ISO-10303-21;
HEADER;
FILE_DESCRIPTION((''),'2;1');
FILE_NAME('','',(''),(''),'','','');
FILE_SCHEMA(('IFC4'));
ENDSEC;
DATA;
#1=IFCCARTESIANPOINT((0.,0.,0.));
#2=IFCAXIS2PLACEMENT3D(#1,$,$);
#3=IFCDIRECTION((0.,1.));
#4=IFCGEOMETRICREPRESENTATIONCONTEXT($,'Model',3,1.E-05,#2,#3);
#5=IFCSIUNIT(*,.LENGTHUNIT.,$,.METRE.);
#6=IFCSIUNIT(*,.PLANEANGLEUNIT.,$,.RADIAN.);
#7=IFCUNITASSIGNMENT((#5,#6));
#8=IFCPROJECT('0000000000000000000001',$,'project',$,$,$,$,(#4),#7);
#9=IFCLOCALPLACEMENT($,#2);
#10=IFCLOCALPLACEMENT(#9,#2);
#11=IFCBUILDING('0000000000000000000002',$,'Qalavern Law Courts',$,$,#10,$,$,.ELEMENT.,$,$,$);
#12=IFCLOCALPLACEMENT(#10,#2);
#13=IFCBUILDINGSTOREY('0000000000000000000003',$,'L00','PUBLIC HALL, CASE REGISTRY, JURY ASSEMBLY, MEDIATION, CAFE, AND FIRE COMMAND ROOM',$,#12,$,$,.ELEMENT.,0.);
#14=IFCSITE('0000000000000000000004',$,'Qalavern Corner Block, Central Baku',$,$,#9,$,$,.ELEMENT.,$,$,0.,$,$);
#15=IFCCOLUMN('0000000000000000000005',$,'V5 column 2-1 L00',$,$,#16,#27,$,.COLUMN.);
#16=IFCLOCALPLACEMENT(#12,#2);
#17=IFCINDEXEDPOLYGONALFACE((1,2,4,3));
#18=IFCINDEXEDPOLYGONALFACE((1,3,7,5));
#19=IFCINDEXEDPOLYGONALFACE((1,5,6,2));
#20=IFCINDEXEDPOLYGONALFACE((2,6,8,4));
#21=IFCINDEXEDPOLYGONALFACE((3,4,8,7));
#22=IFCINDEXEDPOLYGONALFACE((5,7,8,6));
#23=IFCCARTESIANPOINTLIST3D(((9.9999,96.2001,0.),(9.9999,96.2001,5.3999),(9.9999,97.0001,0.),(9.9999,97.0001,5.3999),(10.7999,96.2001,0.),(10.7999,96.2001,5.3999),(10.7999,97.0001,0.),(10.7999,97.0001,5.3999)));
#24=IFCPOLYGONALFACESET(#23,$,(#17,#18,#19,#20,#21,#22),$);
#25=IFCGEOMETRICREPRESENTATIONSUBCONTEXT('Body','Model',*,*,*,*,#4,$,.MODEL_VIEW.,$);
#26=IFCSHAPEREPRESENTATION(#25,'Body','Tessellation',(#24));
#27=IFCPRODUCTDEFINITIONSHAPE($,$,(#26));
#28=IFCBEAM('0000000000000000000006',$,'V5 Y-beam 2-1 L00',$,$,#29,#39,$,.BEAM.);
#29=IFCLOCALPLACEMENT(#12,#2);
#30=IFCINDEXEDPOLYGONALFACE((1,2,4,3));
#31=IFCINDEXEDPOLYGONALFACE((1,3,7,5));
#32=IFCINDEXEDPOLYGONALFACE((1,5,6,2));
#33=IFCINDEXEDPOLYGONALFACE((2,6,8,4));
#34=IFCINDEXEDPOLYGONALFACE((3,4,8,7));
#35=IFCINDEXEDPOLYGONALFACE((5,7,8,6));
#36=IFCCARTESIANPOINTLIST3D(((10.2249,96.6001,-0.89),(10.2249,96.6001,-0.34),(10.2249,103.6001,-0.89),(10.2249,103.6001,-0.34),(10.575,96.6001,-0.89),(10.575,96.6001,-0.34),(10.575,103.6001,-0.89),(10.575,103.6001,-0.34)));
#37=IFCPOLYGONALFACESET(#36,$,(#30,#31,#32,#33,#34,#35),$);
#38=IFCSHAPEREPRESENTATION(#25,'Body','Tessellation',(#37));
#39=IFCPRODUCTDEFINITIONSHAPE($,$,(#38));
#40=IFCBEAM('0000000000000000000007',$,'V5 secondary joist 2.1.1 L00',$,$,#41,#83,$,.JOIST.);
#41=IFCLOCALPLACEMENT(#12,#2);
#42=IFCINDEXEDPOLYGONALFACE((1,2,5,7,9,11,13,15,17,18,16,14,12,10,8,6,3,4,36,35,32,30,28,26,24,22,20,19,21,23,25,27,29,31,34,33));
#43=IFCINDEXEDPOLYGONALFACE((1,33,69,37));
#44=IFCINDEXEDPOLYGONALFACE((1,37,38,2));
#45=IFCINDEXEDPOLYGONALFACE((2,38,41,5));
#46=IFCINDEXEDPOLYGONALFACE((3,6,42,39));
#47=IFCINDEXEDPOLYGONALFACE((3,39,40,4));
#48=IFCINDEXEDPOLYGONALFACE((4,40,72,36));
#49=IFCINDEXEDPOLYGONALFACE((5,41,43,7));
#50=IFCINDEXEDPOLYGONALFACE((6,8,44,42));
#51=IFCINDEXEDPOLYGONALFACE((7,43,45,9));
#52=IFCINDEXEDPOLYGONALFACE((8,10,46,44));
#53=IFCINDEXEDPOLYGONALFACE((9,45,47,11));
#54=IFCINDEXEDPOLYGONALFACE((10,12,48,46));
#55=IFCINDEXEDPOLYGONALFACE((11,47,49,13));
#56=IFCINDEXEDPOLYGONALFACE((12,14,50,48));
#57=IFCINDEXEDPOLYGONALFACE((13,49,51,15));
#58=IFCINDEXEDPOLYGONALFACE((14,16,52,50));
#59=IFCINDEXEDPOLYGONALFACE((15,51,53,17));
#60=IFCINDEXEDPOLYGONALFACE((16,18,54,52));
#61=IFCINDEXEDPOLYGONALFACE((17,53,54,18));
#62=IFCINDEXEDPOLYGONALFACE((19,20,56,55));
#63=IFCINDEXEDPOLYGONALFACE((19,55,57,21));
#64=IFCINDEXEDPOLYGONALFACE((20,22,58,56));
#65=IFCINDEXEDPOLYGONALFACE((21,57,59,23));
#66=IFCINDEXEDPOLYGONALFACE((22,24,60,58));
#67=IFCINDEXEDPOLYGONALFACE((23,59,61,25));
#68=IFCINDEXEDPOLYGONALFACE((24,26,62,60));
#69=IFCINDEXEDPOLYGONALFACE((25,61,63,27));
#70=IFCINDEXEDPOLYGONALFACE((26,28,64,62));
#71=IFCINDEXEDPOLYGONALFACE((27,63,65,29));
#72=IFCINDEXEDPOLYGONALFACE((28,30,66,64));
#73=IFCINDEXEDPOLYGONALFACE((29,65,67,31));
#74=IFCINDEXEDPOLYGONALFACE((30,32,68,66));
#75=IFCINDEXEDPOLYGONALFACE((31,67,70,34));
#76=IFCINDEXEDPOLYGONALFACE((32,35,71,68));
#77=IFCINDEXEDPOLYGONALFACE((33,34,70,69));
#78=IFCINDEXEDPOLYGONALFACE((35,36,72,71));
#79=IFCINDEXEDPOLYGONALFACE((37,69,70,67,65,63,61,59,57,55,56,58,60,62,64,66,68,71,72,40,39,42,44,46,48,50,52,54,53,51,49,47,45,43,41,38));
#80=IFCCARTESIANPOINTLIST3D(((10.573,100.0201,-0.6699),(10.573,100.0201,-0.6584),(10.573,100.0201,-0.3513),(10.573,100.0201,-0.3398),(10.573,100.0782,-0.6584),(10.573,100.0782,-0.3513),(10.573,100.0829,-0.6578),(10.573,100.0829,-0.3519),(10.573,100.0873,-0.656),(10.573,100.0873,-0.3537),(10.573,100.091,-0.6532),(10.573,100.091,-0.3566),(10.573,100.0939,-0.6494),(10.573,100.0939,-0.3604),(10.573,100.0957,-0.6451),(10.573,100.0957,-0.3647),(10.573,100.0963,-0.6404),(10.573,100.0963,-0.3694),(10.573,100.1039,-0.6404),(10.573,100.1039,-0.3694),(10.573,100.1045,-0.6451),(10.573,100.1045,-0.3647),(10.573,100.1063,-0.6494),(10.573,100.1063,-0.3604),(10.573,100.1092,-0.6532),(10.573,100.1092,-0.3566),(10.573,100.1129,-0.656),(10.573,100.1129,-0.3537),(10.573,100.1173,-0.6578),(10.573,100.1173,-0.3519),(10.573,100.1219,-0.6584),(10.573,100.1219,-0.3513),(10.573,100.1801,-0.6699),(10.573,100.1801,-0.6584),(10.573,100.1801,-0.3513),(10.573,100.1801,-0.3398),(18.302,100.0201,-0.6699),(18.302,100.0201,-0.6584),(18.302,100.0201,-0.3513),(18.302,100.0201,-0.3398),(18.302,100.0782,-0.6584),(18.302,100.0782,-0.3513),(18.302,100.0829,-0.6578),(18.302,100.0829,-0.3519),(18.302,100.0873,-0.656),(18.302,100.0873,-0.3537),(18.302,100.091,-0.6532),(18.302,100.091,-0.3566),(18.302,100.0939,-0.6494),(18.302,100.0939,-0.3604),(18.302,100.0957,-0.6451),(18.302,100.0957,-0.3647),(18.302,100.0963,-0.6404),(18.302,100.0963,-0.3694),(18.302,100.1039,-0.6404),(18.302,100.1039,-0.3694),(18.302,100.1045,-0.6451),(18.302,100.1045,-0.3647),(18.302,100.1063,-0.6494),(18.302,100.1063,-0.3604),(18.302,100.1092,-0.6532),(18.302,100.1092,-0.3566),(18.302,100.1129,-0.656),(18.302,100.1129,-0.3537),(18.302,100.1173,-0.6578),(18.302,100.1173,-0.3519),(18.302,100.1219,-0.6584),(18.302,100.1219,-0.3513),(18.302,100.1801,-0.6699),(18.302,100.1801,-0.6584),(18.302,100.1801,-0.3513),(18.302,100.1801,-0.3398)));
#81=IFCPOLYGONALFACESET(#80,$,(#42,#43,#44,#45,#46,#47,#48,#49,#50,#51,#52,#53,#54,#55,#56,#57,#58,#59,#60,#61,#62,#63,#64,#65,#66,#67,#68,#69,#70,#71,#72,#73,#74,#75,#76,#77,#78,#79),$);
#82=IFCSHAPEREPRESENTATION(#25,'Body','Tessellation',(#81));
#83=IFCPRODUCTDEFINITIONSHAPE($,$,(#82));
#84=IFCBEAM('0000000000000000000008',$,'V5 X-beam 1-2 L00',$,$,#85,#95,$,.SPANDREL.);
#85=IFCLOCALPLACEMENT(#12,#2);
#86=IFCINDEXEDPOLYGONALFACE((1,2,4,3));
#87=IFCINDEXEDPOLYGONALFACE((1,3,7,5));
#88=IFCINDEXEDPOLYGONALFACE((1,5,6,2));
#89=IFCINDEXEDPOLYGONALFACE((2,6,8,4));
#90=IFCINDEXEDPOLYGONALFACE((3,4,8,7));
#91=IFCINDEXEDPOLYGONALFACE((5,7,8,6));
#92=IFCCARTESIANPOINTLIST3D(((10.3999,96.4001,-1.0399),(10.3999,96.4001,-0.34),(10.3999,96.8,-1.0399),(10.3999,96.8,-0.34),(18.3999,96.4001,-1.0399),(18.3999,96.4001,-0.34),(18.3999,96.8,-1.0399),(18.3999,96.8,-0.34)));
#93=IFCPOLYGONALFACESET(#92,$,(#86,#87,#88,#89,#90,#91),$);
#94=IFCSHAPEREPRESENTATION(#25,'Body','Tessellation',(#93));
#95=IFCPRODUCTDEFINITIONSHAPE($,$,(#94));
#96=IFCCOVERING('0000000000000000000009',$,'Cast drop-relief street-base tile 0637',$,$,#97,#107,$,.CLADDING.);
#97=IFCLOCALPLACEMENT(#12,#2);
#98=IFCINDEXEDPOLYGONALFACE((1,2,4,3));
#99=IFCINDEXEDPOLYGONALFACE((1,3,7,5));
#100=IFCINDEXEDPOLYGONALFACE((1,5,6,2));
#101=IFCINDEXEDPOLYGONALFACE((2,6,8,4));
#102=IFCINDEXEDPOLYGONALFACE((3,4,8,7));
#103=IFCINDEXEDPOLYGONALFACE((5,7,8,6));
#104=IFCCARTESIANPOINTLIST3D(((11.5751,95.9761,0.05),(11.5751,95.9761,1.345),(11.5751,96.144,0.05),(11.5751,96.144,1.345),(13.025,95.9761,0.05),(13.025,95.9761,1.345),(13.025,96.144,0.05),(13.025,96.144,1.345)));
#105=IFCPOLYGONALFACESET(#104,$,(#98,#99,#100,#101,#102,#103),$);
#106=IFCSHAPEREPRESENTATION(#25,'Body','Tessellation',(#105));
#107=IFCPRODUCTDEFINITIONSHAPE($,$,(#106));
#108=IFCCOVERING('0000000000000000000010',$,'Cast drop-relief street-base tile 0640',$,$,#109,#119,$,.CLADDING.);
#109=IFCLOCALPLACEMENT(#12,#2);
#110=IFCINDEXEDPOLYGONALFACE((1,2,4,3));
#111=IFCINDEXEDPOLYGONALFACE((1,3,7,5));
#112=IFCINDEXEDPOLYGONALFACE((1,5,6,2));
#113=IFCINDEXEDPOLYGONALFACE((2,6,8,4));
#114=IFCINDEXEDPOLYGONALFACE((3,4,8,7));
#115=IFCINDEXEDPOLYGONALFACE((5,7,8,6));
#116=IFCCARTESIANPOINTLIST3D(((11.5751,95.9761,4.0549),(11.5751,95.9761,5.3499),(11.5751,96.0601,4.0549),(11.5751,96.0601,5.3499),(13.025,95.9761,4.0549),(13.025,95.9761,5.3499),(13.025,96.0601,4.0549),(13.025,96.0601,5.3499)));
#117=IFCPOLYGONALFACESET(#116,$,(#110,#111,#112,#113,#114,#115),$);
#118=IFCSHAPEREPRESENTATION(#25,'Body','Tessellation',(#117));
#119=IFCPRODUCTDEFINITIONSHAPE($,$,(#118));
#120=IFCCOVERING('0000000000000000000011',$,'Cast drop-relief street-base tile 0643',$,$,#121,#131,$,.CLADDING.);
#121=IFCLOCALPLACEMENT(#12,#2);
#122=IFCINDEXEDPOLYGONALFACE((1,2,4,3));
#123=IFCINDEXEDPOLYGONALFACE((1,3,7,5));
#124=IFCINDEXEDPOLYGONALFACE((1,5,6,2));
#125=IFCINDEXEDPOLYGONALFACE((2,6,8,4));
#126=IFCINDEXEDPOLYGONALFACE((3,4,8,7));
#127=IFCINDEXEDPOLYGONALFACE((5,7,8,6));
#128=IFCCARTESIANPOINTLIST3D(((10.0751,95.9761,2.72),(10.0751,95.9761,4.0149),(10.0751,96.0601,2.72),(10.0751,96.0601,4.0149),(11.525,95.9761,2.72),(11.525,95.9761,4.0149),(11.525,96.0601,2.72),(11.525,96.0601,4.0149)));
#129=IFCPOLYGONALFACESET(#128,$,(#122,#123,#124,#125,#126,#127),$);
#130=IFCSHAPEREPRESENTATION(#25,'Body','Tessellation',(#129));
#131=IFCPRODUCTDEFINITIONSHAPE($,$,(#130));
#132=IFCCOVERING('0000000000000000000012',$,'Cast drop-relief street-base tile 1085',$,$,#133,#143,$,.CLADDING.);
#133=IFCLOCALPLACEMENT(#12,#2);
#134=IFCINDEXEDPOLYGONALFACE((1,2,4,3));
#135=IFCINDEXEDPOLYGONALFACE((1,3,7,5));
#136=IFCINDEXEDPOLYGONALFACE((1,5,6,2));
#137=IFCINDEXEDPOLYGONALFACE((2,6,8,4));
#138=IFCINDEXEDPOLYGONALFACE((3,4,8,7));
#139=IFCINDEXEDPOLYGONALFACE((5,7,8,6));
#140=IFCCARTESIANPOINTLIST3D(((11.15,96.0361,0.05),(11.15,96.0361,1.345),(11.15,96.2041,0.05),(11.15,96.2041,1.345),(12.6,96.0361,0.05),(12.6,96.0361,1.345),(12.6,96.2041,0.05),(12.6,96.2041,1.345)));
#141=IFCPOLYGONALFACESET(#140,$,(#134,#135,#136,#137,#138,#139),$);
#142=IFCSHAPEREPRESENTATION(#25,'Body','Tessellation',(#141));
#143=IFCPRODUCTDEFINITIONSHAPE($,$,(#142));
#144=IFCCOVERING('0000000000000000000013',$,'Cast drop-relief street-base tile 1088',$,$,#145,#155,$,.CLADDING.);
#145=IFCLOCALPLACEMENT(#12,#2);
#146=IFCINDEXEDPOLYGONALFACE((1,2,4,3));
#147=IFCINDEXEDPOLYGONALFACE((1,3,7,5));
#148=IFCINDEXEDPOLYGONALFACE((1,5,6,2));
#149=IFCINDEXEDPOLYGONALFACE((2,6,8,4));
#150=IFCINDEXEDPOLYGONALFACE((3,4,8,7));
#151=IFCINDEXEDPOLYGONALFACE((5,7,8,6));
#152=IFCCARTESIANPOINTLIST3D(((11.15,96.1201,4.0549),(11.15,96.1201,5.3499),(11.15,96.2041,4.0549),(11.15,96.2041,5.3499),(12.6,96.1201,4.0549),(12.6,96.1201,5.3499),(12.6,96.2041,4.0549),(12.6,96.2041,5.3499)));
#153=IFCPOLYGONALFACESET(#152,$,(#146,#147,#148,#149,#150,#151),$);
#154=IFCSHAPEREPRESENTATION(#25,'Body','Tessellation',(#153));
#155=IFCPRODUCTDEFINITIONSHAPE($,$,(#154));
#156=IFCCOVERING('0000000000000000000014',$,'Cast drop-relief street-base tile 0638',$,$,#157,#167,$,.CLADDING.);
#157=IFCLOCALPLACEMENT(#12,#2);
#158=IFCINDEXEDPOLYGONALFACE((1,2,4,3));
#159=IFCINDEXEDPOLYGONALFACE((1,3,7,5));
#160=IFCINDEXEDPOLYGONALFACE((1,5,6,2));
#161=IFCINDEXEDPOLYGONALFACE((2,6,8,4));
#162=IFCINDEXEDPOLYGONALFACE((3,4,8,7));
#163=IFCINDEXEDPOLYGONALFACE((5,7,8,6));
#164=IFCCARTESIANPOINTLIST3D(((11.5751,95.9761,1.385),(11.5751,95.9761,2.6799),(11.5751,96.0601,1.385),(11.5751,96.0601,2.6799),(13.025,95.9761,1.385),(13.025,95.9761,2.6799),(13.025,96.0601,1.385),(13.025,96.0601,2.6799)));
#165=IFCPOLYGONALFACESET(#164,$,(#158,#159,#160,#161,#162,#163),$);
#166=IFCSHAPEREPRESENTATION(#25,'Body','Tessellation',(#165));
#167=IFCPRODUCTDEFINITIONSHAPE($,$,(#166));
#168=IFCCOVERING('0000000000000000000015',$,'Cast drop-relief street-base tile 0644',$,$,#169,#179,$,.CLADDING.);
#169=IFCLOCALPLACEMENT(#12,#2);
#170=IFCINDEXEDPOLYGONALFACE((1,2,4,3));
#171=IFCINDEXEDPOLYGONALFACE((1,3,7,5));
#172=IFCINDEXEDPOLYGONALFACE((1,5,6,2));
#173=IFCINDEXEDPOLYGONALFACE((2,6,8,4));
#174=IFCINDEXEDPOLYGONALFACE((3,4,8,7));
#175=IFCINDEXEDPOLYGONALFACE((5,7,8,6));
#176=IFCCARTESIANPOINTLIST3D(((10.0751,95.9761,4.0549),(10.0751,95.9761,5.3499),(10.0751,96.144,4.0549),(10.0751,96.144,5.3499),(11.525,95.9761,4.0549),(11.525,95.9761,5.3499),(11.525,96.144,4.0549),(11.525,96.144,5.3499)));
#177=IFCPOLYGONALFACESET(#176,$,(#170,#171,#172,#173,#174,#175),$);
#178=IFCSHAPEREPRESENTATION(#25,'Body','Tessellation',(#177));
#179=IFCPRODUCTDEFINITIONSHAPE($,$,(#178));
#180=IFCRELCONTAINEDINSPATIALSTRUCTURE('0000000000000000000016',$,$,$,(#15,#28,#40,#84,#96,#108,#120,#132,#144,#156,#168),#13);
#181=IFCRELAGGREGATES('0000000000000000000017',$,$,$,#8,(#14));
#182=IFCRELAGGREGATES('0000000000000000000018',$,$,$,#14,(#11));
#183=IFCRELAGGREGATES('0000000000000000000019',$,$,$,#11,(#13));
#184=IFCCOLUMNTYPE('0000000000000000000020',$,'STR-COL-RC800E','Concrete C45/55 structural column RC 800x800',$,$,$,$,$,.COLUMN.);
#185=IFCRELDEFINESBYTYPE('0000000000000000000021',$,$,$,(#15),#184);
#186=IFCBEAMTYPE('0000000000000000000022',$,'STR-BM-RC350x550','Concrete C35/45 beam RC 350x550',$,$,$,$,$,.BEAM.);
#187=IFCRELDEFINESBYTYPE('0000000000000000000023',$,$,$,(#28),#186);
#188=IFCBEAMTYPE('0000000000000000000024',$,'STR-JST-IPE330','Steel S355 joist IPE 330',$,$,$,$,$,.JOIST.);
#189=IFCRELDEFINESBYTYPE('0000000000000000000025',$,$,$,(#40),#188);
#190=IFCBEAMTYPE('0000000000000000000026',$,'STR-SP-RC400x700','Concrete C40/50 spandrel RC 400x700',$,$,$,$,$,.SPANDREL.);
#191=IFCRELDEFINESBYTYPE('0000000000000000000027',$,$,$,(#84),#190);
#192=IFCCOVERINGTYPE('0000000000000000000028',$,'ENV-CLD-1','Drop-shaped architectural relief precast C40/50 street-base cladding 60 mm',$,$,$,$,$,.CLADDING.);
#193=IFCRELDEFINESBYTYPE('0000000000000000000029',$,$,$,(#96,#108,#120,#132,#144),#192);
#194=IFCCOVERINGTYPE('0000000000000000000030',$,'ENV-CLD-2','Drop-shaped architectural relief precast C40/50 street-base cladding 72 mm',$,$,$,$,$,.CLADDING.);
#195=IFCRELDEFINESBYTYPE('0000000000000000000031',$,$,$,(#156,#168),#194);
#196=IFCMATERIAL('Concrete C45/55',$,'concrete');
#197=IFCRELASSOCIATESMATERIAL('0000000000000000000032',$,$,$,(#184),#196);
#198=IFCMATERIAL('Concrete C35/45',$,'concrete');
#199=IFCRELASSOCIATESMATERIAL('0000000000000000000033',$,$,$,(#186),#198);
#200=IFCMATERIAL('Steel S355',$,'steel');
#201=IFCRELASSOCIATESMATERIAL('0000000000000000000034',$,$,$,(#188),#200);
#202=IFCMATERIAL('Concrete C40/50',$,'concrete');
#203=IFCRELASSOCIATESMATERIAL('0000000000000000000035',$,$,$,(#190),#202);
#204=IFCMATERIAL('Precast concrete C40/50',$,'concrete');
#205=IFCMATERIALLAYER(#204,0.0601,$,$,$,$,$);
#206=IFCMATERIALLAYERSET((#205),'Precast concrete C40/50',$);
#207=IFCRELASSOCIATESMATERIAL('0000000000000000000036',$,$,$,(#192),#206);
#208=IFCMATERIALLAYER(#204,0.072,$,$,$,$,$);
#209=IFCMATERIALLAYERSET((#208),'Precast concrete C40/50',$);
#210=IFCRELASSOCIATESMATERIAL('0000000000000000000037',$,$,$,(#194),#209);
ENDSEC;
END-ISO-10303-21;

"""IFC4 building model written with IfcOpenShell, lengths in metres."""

from ifc_helpers import new_model, si_unit, direction, frame, origin, origin_2d, place, context, subcontext, project, spatial, rectangle, i_section, extrude, material, layer, layer_set, material_profile, profile_set, type_object, element, save


model = new_model("IFC4")

# Units and contexts
model_context = context("Model", 3, precision=1e-05, world=origin(), true_north=direction((0.0, 1.0)))
body_context = subcontext(model_context, "Body", "Model", "MODEL_VIEW")
ifc_project = project(units=[si_unit("LENGTHUNIT", "METRE"), si_unit("PLANEANGLEUNIT", "RADIAN")], contexts=[model_context])

# Site, building, storey
site_placement = place(None, origin())
site = spatial("IfcSite", under=ifc_project, at=site_placement, Name="Qalavern Corner Block, Central Baku", CompositionType="ELEMENT", RefElevation=0.0)
building_placement = place(site_placement, origin())
building = spatial("IfcBuilding", under=site, at=building_placement, Name="Qalavern Law Courts", CompositionType="ELEMENT")
storey_placement = place(building_placement, origin())
storey = spatial("IfcBuildingStorey", under=building, at=storey_placement, Name="L00", Description="PUBLIC HALL, CASE REGISTRY, JURY ASSEMBLY, MEDIATION, CAFE, AND FIRE COMMAND ROOM", CompositionType="ELEMENT", Elevation=0.0)

# Column
ifc_material_1 = material(Name="Concrete C45/55", Category="concrete")
ifc_material_profile_1 = material_profile(ifc_material_1, rectangle(XDim=0.8, YDim=0.8, at=origin_2d()), Name="RC 800x800")
ifc_profile_set_1 = profile_set([ifc_material_profile_1], Name="Concrete C45/55")
column_type = type_object("IfcColumnType", Name="STR-COL-RC800E", Description="Concrete C45/55 structural column RC 800x800", PredefinedType="COLUMN", material=ifc_profile_set_1)
column_placement = place(storey_placement, frame((10.3999, 96.6001, 0.0), z_axis=(0.0, 0.0, 1.0), x_axis=(1.0, 0.0, 0.0)))
element("IfcColumn", 1, at=column_placement, inside=storey, type_object=column_type, Name="V5 column 2-1 L00", PredefinedType="COLUMN", context=body_context, shape_type="SweptSolid", body=[
    extrude(rectangle(XDim=0.8, YDim=0.8, at=origin_2d()), origin(), (0.0, 0.0, 1.0), 5.3999),
])

# Beams
ifc_material_2 = material(Name="Concrete C35/45", Category="concrete")
ifc_material_profile_2 = material_profile(ifc_material_2, rectangle(XDim=0.3501, YDim=0.55, at=origin_2d()), Name="RC 350x550")
ifc_profile_set_2 = profile_set([ifc_material_profile_2], Name="Concrete C35/45")
beam_type_1 = type_object("IfcBeamType", Name="STR-BM-RC350x550", Description="Concrete C35/45 beam RC 350x550", PredefinedType="BEAM", material=ifc_profile_set_2)
beam_1_placement = place(storey_placement, frame((10.3999, 96.6001, -0.615), z_axis=(0.0, 1.0, 0.0), x_axis=(-1.0, 0.0, 0.0)))
element("IfcBeam", 2, at=beam_1_placement, inside=storey, type_object=beam_type_1, Name="V5 Y-beam 2-1 L00", PredefinedType="BEAM", context=body_context, shape_type="SweptSolid", body=[
    extrude(rectangle(XDim=0.3501, YDim=0.55, at=origin_2d()), origin(), (0.0, 0.0, 1.0), 7.0),
])
ifc_material_3 = material(Name="Steel S355", Category="steel")
ifc_material_profile_3 = material_profile(ifc_material_3, i_section(OverallWidth=0.1599, OverallDepth=0.3301, WebThickness=0.0076, FlangeThickness=0.0115, FilletRadius=0.0181, at=origin_2d()), Name="IPE 330")
ifc_profile_set_3 = profile_set([ifc_material_profile_3], Name="Steel S355")
beam_type_2 = type_object("IfcBeamType", Name="STR-JST-IPE330", Description="Steel S355 joist IPE 330", PredefinedType="JOIST", material=ifc_profile_set_3)
beam_2_placement = place(storey_placement, frame((10.573, 100.1001, -0.5049), z_axis=(1.0, 0.0, 0.0), x_axis=(0.0, 1.0, 0.0)))
element("IfcBeam", 3, at=beam_2_placement, inside=storey, type_object=beam_type_2, Name="V5 secondary joist 2.1.1 L00", PredefinedType="JOIST", context=body_context, shape_type="SweptSolid", body=[
    extrude(i_section(OverallWidth=0.1599, OverallDepth=0.3301, WebThickness=0.0076, FlangeThickness=0.0115, FilletRadius=0.0181, at=origin_2d()), origin(), (0.0, 0.0, 1.0), 7.729),
])
ifc_material_4 = material(Name="Concrete C40/50", Category="concrete")
ifc_material_profile_4 = material_profile(ifc_material_4, rectangle(XDim=0.3999, YDim=0.7, at=origin_2d()), Name="RC 400x700")
ifc_profile_set_4 = profile_set([ifc_material_profile_4], Name="Concrete C40/50")
beam_type_3 = type_object("IfcBeamType", Name="STR-SP-RC400x700", Description="Concrete C40/50 spandrel RC 400x700", PredefinedType="SPANDREL", material=ifc_profile_set_4)
beam_3_placement = place(storey_placement, frame((10.3999, 96.6001, -0.6899), z_axis=(1.0, 0.0, 0.0), x_axis=(0.0, 1.0, 0.0)))
element("IfcBeam", 4, at=beam_3_placement, inside=storey, type_object=beam_type_3, Name="V5 X-beam 1-2 L00", PredefinedType="SPANDREL", context=body_context, shape_type="SweptSolid", body=[
    extrude(rectangle(XDim=0.3999, YDim=0.7, at=origin_2d()), origin(), (0.0, 0.0, 1.0), 8.0),
])

# Coverings
ifc_material_5 = material(Name="Precast concrete C40/50", Category="concrete")
ifc_layer_1 = layer(ifc_material_5, 0.0601)
ifc_layer_set_1 = layer_set([ifc_layer_1], Name="Precast concrete C40/50")
covering_type_1 = type_object("IfcCoveringType", Name="ENV-CLD-1", Description="Drop-shaped architectural relief precast C40/50 street-base cladding 60 mm", PredefinedType="CLADDING", material=ifc_layer_set_1)
covering_1_placement = place(storey_placement, frame((12.3, 96.0601, 0.05), z_axis=(0.0, 0.0, 1.0), x_axis=(-1.0, 0.0, 0.0)))
element("IfcCovering", 5, at=covering_1_placement, inside=storey, type_object=covering_type_1, Name="Cast drop-relief street-base tile 0637", PredefinedType="CLADDING", context=body_context, shape_type="SweptSolid", body=[
    extrude(rectangle(XDim=1.45, YDim=0.168, at=origin_2d()), origin(), (0.0, 0.0, 1.0), 1.2949),
])
for number, where, z_axis, x_axis, name in (
    (6, (12.3, 96.0181, 4.0549), (0.0, 0.0, 1.0), (-1.0, 0.0, 0.0), "Cast drop-relief street-base tile 0640"),
    (7, (10.8, 96.0181, 2.72), (0.0, 0.0, 1.0), (-1.0, 0.0, 0.0), "Cast drop-relief street-base tile 0643"),
):
    element("IfcCovering", number, at=place(storey_placement, frame(where, z_axis=z_axis, x_axis=x_axis)), inside=storey, type_object=covering_type_1, Name=name, PredefinedType="CLADDING", context=body_context, shape_type="SweptSolid", body=[
        extrude(rectangle(XDim=1.45, YDim=0.084, at=origin_2d()), origin(), (0.0, 0.0, 1.0), 1.2949),
    ])
covering_2_placement = place(storey_placement, frame((11.875, 96.1201, 0.05), z_axis=(0.0, 0.0, 1.0), x_axis=(1.0, 0.0, 0.0)))
element("IfcCovering", 8, at=covering_2_placement, inside=storey, type_object=covering_type_1, Name="Cast drop-relief street-base tile 1085", PredefinedType="CLADDING", context=body_context, shape_type="SweptSolid", body=[
    extrude(rectangle(XDim=1.45, YDim=0.168, at=origin_2d()), origin(), (0.0, 0.0, 1.0), 1.2949),
])
covering_3_placement = place(storey_placement, frame((11.875, 96.1621, 4.0549), z_axis=(0.0, 0.0, 1.0), x_axis=(1.0, 0.0, 0.0)))
element("IfcCovering", 9, at=covering_3_placement, inside=storey, type_object=covering_type_1, Name="Cast drop-relief street-base tile 1088", PredefinedType="CLADDING", context=body_context, shape_type="SweptSolid", body=[
    extrude(rectangle(XDim=1.45, YDim=0.084, at=origin_2d()), origin(), (0.0, 0.0, 1.0), 1.2949),
])
ifc_layer_2 = layer(ifc_material_5, 0.072)
ifc_layer_set_2 = layer_set([ifc_layer_2], Name="Precast concrete C40/50")
covering_type_2 = type_object("IfcCoveringType", Name="ENV-CLD-2", Description="Drop-shaped architectural relief precast C40/50 street-base cladding 72 mm", PredefinedType="CLADDING", material=ifc_layer_set_2)
covering_4_placement = place(storey_placement, frame((12.3, 96.0181, 1.385), z_axis=(0.0, 0.0, 1.0), x_axis=(-1.0, 0.0, 0.0)))
element("IfcCovering", 10, at=covering_4_placement, inside=storey, type_object=covering_type_2, Name="Cast drop-relief street-base tile 0638", PredefinedType="CLADDING", context=body_context, shape_type="SweptSolid", body=[
    extrude(rectangle(XDim=1.45, YDim=0.084, at=origin_2d()), origin(), (0.0, 0.0, 1.0), 1.2949),
])
covering_5_placement = place(storey_placement, frame((10.8, 96.0601, 4.0549), z_axis=(0.0, 0.0, 1.0), x_axis=(-1.0, 0.0, 0.0)))
element("IfcCovering", 11, at=covering_5_placement, inside=storey, type_object=covering_type_2, Name="Cast drop-relief street-base tile 0644", PredefinedType="CLADDING", context=body_context, shape_type="SweptSolid", body=[
    extrude(rectangle(XDim=1.45, YDim=0.168, at=origin_2d()), origin(), (0.0, 0.0, 1.0), 1.2949),
])

save(model, "model.ifc")
